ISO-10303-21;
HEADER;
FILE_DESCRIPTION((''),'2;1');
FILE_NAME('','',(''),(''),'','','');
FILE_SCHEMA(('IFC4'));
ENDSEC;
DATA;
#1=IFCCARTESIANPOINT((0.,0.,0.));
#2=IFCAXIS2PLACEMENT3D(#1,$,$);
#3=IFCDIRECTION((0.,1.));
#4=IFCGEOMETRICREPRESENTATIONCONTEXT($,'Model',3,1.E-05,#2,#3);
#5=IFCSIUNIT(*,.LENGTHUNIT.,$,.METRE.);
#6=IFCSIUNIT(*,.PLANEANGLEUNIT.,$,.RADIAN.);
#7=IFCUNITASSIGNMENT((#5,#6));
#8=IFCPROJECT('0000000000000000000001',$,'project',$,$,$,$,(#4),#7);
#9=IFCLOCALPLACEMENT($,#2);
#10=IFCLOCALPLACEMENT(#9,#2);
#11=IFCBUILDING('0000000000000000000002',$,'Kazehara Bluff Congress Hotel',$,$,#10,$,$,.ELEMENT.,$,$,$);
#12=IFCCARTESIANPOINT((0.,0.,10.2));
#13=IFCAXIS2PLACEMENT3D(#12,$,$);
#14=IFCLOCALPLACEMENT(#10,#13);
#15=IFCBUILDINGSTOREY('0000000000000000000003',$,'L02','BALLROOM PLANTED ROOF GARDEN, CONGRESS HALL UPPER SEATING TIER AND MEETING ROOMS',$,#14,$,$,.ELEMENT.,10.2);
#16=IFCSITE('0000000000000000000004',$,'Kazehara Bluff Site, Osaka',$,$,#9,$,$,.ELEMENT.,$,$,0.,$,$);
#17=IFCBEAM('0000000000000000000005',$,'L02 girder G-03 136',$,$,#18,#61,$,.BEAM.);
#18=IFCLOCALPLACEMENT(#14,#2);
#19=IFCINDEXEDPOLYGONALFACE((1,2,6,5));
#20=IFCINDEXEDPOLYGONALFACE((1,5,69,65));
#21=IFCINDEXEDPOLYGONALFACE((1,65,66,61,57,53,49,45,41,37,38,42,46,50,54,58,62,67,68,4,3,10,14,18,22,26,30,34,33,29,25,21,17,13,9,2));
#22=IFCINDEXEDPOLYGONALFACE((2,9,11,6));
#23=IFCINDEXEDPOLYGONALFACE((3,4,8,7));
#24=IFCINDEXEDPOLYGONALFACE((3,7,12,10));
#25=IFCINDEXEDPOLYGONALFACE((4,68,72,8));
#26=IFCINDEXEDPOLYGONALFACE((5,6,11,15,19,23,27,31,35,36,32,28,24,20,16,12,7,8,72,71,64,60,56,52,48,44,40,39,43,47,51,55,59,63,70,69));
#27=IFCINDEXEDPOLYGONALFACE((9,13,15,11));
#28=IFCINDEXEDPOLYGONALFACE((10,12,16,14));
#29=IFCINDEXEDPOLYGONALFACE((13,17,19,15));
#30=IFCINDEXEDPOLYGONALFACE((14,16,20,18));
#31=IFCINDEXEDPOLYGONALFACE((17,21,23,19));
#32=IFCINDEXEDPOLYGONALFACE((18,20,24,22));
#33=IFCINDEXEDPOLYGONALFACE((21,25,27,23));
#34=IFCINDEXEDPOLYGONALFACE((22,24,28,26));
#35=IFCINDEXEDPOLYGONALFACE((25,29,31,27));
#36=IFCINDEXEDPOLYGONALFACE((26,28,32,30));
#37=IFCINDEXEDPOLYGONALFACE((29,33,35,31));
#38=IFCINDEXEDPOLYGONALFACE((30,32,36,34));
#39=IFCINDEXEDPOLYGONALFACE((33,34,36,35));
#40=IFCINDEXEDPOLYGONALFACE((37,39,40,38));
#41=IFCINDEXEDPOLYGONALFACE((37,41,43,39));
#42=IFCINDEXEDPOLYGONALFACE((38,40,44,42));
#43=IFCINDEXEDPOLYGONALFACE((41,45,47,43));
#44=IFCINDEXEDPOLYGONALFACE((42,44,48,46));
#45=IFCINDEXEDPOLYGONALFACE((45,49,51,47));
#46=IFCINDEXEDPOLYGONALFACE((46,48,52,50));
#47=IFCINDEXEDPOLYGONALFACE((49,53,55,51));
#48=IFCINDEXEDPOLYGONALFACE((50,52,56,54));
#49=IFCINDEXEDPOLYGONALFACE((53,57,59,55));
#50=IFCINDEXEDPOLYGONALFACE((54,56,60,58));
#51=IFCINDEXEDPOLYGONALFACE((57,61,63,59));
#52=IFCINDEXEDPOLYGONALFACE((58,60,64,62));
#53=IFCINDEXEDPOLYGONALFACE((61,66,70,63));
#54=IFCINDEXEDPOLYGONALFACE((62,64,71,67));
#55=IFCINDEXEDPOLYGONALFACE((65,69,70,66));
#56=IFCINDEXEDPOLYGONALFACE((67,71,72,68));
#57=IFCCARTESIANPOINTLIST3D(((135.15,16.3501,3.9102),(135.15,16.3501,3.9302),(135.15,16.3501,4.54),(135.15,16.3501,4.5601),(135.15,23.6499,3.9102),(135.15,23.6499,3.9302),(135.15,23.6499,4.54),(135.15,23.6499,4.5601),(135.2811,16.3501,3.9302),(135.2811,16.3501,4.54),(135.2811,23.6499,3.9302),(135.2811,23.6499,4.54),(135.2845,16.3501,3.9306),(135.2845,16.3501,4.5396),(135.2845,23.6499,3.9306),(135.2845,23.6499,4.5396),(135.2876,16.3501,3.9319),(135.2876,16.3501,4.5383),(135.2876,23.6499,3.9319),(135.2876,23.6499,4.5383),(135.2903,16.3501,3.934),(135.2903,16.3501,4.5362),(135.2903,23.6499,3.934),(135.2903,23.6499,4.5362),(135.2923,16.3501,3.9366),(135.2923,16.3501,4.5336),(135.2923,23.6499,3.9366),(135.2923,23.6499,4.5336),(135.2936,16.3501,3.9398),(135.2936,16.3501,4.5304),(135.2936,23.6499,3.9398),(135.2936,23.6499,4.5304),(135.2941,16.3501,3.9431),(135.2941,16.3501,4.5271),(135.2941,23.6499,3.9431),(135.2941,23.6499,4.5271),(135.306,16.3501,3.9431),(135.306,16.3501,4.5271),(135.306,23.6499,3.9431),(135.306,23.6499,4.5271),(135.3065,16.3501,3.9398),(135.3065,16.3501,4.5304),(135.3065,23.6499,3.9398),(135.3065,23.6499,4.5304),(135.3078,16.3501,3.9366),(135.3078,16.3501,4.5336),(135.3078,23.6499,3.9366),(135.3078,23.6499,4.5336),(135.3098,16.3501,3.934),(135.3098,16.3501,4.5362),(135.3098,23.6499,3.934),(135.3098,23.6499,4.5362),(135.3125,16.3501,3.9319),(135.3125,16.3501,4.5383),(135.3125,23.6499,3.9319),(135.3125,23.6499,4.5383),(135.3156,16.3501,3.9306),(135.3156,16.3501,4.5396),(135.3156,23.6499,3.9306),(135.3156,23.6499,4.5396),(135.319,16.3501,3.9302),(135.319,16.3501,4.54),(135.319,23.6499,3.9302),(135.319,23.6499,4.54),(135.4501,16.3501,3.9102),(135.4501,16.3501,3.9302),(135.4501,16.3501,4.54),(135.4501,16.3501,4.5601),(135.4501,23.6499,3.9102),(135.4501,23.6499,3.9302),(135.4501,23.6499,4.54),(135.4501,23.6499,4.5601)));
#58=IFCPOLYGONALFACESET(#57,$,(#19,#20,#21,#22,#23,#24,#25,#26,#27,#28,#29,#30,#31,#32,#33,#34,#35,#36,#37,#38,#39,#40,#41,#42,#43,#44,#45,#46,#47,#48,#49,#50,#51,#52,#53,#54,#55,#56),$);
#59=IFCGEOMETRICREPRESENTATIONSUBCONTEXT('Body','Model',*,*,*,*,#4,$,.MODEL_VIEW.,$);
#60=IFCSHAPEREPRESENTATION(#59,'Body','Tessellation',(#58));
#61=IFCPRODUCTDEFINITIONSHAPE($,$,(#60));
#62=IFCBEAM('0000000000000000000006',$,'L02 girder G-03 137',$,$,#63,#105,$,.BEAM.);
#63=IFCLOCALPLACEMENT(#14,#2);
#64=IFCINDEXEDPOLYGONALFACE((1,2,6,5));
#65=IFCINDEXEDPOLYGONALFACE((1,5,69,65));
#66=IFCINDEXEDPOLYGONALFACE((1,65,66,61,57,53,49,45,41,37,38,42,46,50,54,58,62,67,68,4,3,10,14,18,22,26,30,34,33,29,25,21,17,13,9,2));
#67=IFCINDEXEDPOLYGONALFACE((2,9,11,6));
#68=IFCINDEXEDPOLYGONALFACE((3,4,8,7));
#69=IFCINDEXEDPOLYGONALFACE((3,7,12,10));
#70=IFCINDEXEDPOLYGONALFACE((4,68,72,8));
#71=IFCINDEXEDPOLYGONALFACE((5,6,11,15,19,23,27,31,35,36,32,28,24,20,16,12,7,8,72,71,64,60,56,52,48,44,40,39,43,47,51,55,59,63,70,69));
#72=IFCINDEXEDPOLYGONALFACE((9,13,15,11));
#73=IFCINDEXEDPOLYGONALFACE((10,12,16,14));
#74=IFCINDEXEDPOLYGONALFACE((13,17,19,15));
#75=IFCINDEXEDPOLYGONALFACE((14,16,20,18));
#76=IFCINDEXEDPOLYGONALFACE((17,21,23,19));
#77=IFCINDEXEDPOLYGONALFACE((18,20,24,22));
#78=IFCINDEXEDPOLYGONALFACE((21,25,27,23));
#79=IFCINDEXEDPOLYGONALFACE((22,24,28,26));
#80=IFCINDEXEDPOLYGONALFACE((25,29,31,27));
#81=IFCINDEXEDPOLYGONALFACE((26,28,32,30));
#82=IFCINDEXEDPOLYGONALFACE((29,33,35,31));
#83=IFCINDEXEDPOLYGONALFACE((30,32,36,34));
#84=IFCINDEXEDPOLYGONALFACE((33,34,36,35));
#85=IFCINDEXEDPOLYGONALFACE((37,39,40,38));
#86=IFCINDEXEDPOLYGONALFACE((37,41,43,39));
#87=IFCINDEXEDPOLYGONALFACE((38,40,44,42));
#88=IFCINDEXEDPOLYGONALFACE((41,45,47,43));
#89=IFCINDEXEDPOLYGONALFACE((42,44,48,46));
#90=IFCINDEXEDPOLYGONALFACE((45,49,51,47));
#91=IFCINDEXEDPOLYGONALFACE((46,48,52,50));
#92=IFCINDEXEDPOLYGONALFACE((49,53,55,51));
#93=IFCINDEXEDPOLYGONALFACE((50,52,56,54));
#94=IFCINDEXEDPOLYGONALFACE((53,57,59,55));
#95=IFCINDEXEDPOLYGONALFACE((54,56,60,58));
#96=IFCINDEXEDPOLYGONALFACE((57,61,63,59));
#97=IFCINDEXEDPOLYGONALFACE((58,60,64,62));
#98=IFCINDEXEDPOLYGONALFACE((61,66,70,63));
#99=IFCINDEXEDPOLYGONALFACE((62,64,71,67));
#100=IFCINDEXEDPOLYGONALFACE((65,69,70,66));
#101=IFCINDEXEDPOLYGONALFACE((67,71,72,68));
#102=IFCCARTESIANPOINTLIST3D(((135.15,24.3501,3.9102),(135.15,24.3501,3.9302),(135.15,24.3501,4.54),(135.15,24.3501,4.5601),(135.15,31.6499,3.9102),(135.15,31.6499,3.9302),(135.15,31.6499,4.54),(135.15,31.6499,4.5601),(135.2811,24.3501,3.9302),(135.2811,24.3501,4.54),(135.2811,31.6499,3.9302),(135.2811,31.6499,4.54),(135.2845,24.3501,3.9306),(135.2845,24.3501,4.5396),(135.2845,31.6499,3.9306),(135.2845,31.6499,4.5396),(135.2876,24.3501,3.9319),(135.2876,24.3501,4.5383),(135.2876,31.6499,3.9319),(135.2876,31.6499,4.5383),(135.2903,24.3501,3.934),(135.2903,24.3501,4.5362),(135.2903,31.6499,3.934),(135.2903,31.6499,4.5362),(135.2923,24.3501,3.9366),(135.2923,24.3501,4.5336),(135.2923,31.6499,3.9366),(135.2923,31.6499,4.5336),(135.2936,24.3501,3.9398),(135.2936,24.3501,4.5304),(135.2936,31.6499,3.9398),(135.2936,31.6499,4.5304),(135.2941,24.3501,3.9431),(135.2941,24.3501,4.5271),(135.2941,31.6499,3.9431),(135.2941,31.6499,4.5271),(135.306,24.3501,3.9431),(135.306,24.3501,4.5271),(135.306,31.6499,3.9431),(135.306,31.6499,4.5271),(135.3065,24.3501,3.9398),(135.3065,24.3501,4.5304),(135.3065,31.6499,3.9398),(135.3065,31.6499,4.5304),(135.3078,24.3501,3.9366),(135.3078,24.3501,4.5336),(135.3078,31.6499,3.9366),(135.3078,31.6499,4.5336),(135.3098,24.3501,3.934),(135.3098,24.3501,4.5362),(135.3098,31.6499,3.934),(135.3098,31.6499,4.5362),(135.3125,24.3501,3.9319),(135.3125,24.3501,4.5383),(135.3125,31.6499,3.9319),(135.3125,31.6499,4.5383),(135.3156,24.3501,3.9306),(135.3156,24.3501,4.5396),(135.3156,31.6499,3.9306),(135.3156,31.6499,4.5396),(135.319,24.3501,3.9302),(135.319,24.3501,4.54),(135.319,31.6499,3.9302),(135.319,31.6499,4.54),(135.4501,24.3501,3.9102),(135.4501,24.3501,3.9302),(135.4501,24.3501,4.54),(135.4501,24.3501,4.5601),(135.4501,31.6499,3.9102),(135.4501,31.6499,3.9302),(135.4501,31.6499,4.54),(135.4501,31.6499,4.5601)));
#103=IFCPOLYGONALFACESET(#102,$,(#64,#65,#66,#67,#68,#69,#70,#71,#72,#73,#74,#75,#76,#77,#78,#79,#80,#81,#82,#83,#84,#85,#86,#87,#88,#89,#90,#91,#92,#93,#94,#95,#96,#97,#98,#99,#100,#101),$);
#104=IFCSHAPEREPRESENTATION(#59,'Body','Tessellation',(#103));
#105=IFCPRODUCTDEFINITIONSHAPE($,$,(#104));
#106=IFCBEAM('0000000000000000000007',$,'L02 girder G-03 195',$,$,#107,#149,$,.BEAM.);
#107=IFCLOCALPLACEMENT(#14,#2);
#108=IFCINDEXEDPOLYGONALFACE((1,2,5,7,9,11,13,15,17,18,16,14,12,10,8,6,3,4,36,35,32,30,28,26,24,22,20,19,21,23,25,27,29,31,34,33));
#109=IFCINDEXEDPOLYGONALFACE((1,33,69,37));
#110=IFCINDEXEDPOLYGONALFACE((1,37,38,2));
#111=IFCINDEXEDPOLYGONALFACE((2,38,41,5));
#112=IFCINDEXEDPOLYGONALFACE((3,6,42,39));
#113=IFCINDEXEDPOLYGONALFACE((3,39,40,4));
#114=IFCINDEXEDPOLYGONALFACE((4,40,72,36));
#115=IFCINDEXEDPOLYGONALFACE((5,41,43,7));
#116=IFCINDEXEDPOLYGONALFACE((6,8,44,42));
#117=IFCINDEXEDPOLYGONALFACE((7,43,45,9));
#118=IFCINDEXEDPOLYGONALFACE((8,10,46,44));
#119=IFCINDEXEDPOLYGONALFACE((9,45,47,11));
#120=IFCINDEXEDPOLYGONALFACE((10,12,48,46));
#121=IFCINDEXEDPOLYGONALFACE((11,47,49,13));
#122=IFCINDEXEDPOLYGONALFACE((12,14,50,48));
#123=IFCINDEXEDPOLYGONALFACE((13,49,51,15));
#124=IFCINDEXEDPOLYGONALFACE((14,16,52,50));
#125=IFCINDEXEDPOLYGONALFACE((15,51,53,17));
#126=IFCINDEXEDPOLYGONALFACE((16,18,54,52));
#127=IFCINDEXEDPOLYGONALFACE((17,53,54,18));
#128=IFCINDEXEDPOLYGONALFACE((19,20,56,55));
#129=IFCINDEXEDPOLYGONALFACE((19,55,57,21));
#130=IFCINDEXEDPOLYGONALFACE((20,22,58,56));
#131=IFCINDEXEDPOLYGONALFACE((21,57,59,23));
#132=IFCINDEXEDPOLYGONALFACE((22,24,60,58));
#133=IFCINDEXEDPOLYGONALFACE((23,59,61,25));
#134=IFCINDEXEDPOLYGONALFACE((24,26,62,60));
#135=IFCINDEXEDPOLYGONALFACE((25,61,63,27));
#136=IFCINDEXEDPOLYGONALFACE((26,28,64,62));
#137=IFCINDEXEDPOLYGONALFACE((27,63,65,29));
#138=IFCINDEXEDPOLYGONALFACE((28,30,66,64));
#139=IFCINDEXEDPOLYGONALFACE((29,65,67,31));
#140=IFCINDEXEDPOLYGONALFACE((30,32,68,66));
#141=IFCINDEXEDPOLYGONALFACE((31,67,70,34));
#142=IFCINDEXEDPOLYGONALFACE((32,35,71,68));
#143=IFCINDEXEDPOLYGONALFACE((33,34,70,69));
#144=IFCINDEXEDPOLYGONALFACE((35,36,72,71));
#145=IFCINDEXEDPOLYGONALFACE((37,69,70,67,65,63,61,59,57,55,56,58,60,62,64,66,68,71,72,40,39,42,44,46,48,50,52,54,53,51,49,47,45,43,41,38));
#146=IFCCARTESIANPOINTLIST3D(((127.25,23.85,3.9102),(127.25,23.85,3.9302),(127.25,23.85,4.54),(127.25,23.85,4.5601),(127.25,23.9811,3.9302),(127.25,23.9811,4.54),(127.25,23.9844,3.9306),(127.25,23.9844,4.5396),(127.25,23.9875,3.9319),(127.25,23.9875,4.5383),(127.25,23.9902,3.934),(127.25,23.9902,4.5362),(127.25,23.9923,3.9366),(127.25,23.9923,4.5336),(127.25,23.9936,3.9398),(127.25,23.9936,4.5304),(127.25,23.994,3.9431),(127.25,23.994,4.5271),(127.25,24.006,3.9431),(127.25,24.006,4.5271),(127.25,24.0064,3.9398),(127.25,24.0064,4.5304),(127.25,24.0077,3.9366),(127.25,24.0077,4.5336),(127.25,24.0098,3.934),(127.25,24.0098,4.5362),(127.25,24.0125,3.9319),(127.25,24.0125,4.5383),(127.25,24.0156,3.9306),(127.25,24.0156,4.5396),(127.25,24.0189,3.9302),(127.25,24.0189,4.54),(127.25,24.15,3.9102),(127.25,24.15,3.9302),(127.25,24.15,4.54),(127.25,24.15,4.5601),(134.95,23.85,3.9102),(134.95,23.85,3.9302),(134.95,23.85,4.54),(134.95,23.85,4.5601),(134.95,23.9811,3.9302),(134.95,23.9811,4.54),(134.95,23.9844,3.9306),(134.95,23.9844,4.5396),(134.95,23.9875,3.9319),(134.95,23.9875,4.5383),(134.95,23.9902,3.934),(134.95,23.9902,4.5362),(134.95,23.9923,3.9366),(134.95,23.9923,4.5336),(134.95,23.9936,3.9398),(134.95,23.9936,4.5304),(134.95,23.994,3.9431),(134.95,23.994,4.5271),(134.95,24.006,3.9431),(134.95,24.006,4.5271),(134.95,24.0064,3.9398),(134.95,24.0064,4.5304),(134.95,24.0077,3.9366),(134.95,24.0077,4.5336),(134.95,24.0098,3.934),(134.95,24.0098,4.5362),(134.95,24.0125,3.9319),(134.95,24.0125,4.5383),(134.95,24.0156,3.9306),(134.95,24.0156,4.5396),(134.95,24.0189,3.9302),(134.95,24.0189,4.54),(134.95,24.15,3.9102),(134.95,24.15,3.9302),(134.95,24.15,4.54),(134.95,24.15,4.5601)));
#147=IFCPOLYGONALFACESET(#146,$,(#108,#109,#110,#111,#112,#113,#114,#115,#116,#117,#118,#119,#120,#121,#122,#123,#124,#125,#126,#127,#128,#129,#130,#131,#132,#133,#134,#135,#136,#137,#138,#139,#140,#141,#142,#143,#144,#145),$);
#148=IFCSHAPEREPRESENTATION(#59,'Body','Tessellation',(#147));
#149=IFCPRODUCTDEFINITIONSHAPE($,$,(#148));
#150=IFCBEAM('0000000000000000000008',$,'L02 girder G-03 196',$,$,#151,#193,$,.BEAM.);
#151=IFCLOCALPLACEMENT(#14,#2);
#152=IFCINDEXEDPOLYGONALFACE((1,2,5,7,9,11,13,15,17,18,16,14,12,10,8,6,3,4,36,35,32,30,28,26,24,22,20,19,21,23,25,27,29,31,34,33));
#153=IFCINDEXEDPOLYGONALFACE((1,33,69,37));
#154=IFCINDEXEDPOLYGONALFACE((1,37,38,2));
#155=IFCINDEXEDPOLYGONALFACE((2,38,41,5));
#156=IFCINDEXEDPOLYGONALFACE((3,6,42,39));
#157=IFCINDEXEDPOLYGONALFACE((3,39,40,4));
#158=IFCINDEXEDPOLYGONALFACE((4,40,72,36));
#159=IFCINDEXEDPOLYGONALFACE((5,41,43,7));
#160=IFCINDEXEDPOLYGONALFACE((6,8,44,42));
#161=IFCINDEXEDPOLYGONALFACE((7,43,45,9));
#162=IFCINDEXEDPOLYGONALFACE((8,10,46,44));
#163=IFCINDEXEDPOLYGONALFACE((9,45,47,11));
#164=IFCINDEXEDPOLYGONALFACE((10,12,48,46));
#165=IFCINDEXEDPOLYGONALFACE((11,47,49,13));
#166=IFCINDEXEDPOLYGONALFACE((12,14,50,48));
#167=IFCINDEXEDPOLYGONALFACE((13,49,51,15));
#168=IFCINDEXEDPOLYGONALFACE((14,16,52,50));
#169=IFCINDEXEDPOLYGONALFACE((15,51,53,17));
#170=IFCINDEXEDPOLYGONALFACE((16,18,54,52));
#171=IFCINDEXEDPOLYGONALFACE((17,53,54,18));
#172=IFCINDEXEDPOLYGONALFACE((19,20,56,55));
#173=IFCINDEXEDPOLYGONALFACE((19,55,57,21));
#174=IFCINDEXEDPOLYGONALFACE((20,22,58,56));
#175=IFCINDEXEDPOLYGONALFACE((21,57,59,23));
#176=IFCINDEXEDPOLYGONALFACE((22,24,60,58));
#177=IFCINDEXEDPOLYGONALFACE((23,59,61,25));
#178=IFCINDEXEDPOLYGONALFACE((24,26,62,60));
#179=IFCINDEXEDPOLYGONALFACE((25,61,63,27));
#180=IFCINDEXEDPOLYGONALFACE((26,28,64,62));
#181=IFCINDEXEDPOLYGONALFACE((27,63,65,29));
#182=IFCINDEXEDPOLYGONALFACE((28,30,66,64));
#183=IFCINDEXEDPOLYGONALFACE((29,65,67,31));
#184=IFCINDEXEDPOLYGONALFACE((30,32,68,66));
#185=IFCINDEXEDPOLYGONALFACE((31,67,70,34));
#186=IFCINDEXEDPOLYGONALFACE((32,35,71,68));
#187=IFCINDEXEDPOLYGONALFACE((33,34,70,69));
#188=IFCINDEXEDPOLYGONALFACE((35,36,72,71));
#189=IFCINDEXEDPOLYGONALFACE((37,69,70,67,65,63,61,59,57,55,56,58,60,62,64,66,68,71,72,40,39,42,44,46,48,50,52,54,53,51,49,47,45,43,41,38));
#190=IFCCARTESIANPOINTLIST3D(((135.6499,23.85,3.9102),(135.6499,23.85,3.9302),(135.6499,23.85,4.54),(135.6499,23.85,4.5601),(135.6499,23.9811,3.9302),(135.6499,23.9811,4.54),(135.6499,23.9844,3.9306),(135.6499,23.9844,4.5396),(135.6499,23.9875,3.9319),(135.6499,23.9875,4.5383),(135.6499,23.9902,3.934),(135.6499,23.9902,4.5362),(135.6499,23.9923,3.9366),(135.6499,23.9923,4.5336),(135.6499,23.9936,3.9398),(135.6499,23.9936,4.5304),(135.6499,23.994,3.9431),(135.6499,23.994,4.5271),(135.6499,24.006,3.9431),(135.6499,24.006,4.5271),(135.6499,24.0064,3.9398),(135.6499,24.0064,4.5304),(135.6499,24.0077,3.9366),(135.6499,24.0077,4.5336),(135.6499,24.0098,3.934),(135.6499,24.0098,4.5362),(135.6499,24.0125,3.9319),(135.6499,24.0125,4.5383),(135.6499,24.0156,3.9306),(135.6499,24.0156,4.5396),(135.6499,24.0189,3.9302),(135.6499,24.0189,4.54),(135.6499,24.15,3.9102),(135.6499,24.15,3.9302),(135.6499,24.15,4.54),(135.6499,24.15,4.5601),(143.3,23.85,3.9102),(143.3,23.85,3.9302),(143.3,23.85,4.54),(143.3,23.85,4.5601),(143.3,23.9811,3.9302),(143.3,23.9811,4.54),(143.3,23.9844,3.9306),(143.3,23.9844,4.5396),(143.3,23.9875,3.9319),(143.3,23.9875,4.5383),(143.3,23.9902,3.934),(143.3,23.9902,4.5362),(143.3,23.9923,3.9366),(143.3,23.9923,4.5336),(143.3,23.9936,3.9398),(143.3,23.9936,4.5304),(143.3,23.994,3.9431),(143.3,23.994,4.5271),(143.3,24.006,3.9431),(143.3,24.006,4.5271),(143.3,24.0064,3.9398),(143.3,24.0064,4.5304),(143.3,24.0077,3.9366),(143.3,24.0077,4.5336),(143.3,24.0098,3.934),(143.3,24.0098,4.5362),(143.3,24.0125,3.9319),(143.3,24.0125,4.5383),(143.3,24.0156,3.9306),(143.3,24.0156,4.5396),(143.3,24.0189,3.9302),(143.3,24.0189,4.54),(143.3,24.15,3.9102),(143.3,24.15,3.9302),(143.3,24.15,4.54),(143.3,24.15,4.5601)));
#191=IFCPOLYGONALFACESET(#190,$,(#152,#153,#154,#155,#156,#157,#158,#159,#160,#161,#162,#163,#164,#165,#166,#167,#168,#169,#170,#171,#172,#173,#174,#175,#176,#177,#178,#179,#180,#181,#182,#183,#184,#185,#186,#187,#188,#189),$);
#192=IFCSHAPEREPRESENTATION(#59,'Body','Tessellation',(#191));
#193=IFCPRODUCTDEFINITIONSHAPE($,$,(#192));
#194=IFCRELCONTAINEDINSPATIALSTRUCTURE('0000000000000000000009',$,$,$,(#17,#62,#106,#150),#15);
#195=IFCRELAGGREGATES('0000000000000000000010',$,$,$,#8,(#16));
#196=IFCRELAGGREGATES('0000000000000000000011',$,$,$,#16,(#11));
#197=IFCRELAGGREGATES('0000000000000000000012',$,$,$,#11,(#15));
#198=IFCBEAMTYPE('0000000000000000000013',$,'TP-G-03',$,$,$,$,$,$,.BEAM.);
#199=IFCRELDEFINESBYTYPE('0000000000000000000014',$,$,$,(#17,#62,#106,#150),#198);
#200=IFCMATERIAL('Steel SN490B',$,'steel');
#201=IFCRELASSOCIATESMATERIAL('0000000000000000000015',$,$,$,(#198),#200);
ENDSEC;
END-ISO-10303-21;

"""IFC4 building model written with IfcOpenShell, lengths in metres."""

from ifc_helpers import new_model, si_unit, direction, frame, origin, origin_2d, place, context, subcontext, project, spatial, i_section, extrude, material, material_profile, profile_set, type_object, element, save


model = new_model("IFC4")

# Units and contexts
model_context = context("Model", 3, precision=1e-05, world=origin(), true_north=direction((0.0, 1.0)))
body_context = subcontext(model_context, "Body", "Model", "MODEL_VIEW")
ifc_project = project(units=[si_unit("LENGTHUNIT", "METRE"), si_unit("PLANEANGLEUNIT", "RADIAN")], contexts=[model_context])

# Site, building, storey
site_placement = place(None, origin())
site = spatial("IfcSite", under=ifc_project, at=site_placement, Name="Kazehara Bluff Site, Osaka", CompositionType="ELEMENT", RefElevation=0.0)
building_placement = place(site_placement, origin())
building = spatial("IfcBuilding", under=site, at=building_placement, Name="Kazehara Bluff Congress Hotel", CompositionType="ELEMENT")
storey_placement = place(building_placement, frame((0.0, 0.0, 10.2)))
storey = spatial("IfcBuildingStorey", under=building, at=storey_placement, Name="L02", Description="BALLROOM PLANTED ROOF GARDEN, CONGRESS HALL UPPER SEATING TIER AND MEETING ROOMS", CompositionType="ELEMENT", Elevation=10.2)

# Beams
ifc_material_1 = material(Name="Steel SN490B", Category="steel")
ifc_material_profile_1 = material_profile(ifc_material_1, i_section(OverallWidth=0.3, OverallDepth=0.6499, WebThickness=0.012, FlangeThickness=0.02, FilletRadius=0.0129, at=origin_2d()))
ifc_profile_set_1 = profile_set([ifc_material_profile_1], Name="Steel SN490B")
beam_type_1 = type_object("IfcBeamType", Name="TP-G-03", PredefinedType="BEAM", material=ifc_profile_set_1)
for number, where, z_axis, x_axis, name in (
    (1, (135.3, 16.3501, 4.2351), (0.0, 1.0, 0.0), (-1.0, 0.0, 0.0), "L02 girder G-03 136"),
    (2, (135.3, 24.3501, 4.2351), (0.0, 1.0, 0.0), (-1.0, 0.0, 0.0), "L02 girder G-03 137"),
):
    element("IfcBeam", number, at=place(storey_placement, frame(where, z_axis=z_axis, x_axis=x_axis)), inside=storey, type_object=beam_type_1, Name=name, PredefinedType="BEAM", context=body_context, shape_type="SweptSolid", body=[
        extrude(i_section(OverallWidth=0.3, OverallDepth=0.6499, WebThickness=0.012, FlangeThickness=0.02, FilletRadius=0.0129, at=origin_2d()), origin(), (0.0, 0.0, 1.0), 7.2998),
    ])
beam_1_placement = place(storey_placement, frame((127.25, 24.0, 4.2351), z_axis=(1.0, 0.0, 0.0), x_axis=(0.0, 1.0, 0.0)))
element("IfcBeam", 3, at=beam_1_placement, inside=storey, type_object=beam_type_1, Name="L02 girder G-03 195", PredefinedType="BEAM", context=body_context, shape_type="SweptSolid", body=[
    extrude(i_section(OverallWidth=0.3, OverallDepth=0.6499, WebThickness=0.012, FlangeThickness=0.02, FilletRadius=0.0129, at=origin_2d()), origin(), (0.0, 0.0, 1.0), 7.7),
])
beam_2_placement = place(storey_placement, frame((135.6499, 24.0, 4.2351), z_axis=(1.0, 0.0, 0.0), x_axis=(0.0, 1.0, 0.0)))
element("IfcBeam", 4, at=beam_2_placement, inside=storey, type_object=beam_type_1, Name="L02 girder G-03 196", PredefinedType="BEAM", context=body_context, shape_type="SweptSolid", body=[
    extrude(i_section(OverallWidth=0.3, OverallDepth=0.6499, WebThickness=0.012, FlangeThickness=0.02, FilletRadius=0.0129, at=origin_2d()), origin(), (0.0, 0.0, 1.0), 7.6501),
])

save(model, "model.ifc")
